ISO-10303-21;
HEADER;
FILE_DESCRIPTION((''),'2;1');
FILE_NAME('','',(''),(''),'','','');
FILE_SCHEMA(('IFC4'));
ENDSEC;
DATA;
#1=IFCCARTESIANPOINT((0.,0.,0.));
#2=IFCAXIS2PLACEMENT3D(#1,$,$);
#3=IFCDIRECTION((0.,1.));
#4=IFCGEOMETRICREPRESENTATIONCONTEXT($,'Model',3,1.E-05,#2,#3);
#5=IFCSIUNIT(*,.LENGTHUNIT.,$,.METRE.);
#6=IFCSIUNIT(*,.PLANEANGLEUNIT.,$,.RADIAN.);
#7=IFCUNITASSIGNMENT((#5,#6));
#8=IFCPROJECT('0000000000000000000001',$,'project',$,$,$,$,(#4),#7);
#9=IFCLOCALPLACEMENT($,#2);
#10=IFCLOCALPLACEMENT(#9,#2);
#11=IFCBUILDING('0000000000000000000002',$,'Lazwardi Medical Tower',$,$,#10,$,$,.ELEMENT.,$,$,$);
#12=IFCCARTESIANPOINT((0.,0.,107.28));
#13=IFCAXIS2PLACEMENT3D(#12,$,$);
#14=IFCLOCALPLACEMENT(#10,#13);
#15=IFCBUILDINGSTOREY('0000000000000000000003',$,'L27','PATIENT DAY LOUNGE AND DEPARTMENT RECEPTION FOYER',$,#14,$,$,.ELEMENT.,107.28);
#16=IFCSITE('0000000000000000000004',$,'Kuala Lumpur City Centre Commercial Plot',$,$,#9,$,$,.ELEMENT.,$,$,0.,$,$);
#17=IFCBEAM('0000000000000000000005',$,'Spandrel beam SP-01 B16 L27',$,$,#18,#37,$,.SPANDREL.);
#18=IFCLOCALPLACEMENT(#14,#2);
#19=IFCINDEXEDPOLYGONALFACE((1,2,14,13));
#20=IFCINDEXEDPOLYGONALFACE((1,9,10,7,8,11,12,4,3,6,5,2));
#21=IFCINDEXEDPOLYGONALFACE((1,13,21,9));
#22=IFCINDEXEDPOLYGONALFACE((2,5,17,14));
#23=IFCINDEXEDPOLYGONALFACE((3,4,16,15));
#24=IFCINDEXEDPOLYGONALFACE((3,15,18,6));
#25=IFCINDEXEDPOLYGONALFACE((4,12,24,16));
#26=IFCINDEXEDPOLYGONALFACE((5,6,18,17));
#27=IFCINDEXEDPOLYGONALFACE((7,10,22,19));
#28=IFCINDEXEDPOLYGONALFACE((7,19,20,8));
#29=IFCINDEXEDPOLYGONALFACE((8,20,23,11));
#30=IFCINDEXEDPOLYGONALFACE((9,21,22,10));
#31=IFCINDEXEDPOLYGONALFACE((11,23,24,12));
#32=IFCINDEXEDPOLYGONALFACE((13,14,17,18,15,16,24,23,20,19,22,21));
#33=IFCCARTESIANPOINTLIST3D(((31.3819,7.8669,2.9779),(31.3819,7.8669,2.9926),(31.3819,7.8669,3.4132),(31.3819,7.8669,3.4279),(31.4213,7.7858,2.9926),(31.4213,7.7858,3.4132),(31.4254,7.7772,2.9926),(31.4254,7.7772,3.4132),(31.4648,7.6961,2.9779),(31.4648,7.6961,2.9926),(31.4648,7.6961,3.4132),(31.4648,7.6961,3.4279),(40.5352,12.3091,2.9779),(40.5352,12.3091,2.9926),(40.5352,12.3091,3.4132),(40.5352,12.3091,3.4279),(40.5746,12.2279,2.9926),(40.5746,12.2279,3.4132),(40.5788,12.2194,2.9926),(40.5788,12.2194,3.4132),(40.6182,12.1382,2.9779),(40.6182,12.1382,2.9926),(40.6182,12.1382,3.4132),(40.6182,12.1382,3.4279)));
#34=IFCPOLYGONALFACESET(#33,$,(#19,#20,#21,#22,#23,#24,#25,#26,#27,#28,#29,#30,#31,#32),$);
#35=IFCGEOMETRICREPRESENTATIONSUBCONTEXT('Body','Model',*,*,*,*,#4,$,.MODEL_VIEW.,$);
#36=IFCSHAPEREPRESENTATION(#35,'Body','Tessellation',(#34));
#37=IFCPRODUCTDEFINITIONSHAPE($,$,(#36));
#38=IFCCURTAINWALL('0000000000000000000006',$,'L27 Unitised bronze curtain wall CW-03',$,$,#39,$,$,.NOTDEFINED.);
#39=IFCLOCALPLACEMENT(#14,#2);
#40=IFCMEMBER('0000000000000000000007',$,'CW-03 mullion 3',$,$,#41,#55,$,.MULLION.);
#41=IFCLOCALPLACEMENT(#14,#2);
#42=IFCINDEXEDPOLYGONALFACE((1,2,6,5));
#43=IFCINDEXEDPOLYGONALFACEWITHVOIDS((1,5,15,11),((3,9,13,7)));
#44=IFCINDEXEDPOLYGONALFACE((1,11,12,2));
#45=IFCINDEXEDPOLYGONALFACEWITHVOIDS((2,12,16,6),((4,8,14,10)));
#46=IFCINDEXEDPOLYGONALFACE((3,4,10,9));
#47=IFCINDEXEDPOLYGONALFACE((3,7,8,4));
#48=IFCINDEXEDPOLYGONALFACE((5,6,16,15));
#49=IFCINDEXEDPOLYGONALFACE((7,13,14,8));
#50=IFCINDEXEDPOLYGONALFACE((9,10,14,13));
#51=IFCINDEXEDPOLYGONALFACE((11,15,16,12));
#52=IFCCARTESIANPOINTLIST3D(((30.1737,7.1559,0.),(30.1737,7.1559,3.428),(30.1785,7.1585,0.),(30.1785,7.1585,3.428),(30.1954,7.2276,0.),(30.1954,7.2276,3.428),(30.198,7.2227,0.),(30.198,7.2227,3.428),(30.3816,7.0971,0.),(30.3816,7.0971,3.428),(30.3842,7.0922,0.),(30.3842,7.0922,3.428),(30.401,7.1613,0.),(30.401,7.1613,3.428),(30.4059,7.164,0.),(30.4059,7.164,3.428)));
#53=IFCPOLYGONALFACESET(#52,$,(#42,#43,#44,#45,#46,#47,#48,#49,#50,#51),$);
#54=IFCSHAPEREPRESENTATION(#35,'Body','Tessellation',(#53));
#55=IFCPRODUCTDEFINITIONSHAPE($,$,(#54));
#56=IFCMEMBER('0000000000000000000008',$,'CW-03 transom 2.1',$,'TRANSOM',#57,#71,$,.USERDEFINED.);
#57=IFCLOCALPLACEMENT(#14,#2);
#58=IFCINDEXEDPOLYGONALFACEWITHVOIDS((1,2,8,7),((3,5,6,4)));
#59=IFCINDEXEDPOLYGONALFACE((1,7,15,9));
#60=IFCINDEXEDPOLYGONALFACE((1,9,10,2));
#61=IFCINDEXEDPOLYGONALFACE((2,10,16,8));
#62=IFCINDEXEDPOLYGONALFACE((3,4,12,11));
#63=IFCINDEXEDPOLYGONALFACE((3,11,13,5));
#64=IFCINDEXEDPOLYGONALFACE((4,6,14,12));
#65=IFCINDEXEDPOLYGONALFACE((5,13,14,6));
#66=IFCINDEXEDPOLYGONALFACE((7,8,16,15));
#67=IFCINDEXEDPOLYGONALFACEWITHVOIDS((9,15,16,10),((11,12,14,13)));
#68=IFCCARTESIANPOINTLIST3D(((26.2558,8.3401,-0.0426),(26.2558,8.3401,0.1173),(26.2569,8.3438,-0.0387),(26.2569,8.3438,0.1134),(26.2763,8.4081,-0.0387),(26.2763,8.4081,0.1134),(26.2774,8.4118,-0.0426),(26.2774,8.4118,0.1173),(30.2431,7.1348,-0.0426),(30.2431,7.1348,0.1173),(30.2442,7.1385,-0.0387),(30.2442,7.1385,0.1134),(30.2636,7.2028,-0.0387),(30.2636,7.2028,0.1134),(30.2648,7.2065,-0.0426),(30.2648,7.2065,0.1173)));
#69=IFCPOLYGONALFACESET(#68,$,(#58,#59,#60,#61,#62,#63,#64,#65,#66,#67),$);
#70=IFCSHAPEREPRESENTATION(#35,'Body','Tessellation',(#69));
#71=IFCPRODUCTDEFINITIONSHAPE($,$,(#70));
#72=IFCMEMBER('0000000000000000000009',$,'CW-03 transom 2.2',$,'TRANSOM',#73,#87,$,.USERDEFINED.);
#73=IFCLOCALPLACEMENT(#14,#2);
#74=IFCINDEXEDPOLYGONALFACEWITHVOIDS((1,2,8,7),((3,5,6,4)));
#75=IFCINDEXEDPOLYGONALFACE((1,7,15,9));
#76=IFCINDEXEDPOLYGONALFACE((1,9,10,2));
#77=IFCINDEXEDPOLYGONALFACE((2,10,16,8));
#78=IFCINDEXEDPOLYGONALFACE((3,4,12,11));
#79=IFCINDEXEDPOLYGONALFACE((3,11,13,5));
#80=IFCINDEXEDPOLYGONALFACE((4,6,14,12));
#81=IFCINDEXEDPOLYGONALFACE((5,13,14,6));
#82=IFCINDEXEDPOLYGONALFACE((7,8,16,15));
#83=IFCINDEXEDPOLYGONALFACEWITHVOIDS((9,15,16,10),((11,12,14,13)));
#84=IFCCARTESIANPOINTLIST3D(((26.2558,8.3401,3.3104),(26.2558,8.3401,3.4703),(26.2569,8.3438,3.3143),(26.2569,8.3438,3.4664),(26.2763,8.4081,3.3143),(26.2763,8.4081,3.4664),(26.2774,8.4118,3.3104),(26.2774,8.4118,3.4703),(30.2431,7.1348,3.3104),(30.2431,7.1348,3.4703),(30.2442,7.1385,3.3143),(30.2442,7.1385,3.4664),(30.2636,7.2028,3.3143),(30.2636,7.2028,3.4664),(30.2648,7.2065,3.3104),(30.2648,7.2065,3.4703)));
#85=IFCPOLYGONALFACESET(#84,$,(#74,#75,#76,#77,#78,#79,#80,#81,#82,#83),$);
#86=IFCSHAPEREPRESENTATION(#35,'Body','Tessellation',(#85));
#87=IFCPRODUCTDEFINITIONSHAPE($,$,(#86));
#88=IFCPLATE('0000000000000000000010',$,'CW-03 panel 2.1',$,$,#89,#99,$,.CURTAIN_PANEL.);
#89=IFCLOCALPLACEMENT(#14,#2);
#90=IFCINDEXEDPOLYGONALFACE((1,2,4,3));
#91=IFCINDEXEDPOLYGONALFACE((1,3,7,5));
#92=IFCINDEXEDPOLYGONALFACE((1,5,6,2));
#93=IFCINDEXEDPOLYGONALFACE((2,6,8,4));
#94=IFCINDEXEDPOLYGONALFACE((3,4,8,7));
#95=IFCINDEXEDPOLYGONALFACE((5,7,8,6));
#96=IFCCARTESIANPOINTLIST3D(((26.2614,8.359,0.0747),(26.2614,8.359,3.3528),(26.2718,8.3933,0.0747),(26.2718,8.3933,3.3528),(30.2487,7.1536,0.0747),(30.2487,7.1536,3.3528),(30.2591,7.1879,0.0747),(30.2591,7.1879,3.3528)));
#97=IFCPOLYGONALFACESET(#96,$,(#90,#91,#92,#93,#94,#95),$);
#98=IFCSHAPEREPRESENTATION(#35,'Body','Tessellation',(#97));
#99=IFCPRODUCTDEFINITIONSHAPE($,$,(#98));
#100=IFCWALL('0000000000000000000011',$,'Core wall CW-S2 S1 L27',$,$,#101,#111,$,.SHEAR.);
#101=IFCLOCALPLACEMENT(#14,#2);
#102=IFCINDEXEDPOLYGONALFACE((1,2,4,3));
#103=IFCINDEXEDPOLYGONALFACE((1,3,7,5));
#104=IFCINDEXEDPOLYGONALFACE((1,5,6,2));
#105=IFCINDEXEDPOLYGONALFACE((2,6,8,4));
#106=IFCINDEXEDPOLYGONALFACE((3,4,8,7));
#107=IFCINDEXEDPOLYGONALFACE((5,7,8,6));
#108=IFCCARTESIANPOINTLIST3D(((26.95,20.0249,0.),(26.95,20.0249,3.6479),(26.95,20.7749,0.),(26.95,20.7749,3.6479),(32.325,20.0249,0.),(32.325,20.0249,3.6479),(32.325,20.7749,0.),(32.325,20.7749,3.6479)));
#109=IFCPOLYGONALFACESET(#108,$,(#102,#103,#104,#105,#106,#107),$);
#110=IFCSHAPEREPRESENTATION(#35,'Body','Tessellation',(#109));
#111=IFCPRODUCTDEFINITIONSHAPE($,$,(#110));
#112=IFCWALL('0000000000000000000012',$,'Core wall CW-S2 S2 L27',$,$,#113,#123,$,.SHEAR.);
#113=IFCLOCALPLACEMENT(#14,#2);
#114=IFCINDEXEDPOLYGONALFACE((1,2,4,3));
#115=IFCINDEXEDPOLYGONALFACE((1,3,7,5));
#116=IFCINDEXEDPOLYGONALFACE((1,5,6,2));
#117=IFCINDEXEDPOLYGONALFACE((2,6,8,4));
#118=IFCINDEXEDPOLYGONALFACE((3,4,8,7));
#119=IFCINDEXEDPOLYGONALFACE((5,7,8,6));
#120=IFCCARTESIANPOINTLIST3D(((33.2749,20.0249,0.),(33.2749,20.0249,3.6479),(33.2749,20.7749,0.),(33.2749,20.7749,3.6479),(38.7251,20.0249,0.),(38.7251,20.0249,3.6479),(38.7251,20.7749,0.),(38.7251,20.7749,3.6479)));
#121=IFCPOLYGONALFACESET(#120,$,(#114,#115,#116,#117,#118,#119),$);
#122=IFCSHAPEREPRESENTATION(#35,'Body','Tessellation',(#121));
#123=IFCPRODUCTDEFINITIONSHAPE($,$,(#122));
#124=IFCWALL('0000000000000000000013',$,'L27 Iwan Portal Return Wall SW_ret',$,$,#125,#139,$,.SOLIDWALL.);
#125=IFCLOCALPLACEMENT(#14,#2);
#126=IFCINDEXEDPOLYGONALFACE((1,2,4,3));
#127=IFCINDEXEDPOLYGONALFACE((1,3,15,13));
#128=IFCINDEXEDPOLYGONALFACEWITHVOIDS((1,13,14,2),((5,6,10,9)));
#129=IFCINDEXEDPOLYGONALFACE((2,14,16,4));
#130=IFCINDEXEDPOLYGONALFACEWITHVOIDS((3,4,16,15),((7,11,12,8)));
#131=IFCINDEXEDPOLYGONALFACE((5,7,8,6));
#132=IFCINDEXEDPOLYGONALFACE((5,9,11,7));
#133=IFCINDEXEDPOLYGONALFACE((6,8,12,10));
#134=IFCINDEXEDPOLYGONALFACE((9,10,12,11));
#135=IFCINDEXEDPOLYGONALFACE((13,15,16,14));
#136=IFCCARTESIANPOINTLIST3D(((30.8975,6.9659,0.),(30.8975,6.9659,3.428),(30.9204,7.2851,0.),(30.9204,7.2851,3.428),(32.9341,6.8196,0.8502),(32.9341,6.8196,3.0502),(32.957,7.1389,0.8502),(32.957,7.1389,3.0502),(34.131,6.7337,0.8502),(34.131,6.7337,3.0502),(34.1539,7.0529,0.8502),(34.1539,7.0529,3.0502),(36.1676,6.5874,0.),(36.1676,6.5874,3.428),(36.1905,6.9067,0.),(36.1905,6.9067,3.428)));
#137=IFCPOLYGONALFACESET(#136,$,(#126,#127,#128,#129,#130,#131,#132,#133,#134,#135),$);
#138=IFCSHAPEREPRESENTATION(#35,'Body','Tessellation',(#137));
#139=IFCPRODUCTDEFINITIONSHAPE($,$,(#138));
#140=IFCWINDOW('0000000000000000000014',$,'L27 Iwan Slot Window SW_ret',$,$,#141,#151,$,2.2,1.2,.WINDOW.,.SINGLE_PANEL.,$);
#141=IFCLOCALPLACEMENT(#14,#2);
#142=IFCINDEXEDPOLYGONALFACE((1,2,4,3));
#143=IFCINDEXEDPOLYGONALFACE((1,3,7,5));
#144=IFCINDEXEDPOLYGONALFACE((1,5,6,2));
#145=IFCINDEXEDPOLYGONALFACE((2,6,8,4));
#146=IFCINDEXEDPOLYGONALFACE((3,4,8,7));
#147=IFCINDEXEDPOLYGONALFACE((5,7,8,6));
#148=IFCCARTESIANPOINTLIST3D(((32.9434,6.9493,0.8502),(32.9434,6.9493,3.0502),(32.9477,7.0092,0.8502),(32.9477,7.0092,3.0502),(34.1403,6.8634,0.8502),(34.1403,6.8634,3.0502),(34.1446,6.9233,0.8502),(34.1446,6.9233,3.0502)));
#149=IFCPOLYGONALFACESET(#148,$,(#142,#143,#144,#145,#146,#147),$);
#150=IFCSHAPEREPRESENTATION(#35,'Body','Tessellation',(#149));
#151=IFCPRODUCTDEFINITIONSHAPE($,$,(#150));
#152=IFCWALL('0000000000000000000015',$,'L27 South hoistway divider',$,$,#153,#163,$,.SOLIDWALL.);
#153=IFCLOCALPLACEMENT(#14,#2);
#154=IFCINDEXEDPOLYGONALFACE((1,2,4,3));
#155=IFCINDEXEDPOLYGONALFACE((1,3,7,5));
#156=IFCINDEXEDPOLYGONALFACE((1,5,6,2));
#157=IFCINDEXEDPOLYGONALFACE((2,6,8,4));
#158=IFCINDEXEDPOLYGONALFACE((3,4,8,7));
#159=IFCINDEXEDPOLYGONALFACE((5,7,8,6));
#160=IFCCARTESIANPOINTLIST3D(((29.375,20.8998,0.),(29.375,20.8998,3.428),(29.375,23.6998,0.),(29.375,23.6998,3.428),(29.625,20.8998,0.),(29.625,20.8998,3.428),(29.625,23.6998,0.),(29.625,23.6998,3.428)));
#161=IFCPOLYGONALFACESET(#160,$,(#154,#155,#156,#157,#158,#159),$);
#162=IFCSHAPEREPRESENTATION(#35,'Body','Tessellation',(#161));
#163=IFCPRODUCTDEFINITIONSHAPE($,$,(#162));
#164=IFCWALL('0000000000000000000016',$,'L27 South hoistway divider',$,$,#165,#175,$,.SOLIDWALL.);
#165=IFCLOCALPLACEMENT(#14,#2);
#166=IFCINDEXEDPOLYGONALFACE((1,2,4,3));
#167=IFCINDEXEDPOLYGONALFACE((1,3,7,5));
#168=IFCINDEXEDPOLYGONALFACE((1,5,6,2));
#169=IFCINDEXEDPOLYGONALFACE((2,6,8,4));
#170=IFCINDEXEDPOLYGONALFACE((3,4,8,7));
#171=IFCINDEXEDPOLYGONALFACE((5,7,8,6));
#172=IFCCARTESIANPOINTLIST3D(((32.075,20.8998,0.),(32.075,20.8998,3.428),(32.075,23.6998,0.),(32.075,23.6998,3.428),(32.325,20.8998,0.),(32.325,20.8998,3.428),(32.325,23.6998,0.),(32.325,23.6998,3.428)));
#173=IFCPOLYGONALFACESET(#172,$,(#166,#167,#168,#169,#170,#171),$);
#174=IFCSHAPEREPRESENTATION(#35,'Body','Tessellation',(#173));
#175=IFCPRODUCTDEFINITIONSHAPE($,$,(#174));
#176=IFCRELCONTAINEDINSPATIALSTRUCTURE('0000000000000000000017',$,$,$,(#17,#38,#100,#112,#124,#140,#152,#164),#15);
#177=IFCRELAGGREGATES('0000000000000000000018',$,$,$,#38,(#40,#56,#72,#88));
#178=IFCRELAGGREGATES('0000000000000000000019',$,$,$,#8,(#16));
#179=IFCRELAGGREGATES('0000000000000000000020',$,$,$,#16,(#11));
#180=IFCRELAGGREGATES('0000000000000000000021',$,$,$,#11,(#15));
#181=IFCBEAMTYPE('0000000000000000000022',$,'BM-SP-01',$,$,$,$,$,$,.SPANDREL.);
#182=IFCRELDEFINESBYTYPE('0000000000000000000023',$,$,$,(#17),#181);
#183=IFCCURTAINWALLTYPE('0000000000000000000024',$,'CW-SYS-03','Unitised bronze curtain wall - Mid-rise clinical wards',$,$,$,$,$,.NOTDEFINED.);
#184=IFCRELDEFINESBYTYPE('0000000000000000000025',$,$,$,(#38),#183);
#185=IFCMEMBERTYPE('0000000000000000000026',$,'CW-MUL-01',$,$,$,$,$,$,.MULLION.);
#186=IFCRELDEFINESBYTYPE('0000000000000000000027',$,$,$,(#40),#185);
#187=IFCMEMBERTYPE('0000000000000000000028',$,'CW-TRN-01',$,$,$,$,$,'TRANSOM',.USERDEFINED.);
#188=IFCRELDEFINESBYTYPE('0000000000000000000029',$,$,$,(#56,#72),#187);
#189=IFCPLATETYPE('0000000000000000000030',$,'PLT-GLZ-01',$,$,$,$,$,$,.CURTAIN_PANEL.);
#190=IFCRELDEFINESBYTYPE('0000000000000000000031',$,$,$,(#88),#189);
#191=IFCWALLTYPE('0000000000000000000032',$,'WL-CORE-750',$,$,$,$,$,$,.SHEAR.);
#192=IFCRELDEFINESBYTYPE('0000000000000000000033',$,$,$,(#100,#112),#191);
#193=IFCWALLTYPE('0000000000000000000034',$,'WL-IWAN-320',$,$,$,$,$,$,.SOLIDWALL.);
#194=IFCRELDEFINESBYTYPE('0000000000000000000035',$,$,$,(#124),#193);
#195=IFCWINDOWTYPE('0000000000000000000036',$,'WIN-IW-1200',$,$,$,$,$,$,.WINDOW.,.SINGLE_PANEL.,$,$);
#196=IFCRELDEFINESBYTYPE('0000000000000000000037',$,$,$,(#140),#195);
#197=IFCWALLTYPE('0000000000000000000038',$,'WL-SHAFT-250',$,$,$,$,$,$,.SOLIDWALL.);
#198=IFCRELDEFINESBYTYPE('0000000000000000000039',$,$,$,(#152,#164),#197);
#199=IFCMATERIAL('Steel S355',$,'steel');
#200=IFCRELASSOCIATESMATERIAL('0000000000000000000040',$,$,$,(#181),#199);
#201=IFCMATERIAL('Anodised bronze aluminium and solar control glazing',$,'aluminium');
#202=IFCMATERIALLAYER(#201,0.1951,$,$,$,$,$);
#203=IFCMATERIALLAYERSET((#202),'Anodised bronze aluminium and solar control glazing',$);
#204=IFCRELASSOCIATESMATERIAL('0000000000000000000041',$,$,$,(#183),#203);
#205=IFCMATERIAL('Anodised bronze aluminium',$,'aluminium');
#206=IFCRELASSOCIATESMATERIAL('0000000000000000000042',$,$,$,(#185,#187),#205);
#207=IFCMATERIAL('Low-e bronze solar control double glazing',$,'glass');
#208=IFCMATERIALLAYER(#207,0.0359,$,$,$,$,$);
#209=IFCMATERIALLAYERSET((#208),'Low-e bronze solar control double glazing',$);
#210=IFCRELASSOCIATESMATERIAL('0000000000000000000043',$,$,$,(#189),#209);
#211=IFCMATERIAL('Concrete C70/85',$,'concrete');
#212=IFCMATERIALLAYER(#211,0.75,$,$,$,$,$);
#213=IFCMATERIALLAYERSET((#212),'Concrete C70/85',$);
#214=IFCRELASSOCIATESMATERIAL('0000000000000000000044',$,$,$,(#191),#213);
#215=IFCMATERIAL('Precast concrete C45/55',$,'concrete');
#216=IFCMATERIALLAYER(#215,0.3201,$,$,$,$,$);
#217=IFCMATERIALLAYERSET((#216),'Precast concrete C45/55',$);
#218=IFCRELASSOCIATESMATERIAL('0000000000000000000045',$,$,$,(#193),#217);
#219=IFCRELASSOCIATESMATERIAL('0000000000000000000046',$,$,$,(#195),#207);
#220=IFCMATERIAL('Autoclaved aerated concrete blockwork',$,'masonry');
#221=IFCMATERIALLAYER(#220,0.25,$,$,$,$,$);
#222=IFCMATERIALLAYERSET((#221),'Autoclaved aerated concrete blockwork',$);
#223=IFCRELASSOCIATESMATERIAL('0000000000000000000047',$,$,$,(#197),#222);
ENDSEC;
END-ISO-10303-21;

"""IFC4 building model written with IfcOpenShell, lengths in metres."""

from ifc_helpers import new_model, si_unit, direction, frame, frame_2d, origin, origin_2d, place, context, subcontext, project, spatial, rectangle, hollow_rectangle, i_section, extrude, material, layer, layer_set, material_profile, profile_set, type_object, element, fill, aggregate, save


model = new_model("IFC4")

# Units and contexts
model_context = context("Model", 3, precision=1e-05, world=origin(), true_north=direction((0.0, 1.0)))
body_context = subcontext(model_context, "Body", "Model", "MODEL_VIEW")
ifc_project = project(units=[si_unit("LENGTHUNIT", "METRE"), si_unit("PLANEANGLEUNIT", "RADIAN")], contexts=[model_context])

# Site, building, storey
site_placement = place(None, origin())
site = spatial("IfcSite", under=ifc_project, at=site_placement, Name="Kuala Lumpur City Centre Commercial Plot", CompositionType="ELEMENT", RefElevation=0.0)
building_placement = place(site_placement, origin())
building = spatial("IfcBuilding", under=site, at=building_placement, Name="Lazwardi Medical Tower", CompositionType="ELEMENT")
storey_placement = place(building_placement, frame((0.0, 0.0, 107.28)))
storey = spatial("IfcBuildingStorey", under=building, at=storey_placement, Name="L27", Description="PATIENT DAY LOUNGE AND DEPARTMENT RECEPTION FOYER", CompositionType="ELEMENT", Elevation=107.28)

# Shared definitions
ifc_material_1 = material(Name="Concrete C70/85", Category="concrete")

# Beam
ifc_material_2 = material(Name="Steel S355", Category="steel")
ifc_material_profile_1 = material_profile(ifc_material_2, i_section(OverallWidth=0.1899, OverallDepth=0.45, WebThickness=0.0095, FlangeThickness=0.0146, at=origin_2d()), Name="IPE 450")
ifc_profile_set_1 = profile_set([ifc_material_profile_1], Name="Steel S355")
beam_type_1 = type_object("IfcBeamType", Name="BM-SP-01", PredefinedType="SPANDREL", material=ifc_profile_set_1)
beam_1_placement = place(storey_placement, frame((31.4233, 7.7815, 3.2029), z_axis=(0.899653, 0.436605, 0.0), x_axis=(-0.436605, 0.899653, 0.0)))
element("IfcBeam", 1, at=beam_1_placement, inside=storey, type_object=beam_type_1, Name="Spandrel beam SP-01 B16 L27", PredefinedType="SPANDREL", context=body_context, shape_type="SweptSolid", body=[
    extrude(i_section(OverallWidth=0.1899, OverallDepth=0.45, WebThickness=0.0095, FlangeThickness=0.0146, at=origin_2d()), origin(), (0.0, 0.0, 1.0), 10.1743),
])

# Curtain wall, members, plate
ifc_material_3 = material(Name="Anodised bronze aluminium and solar control glazing", Category="aluminium")
ifc_layer_1 = layer(ifc_material_3, 0.1951)
ifc_layer_set_1 = layer_set([ifc_layer_1], Name="Anodised bronze aluminium and solar control glazing")
curtain_wall_type = type_object("IfcCurtainWallType", Name="CW-SYS-03", Description="Unitised bronze curtain wall - Mid-rise clinical wards", PredefinedType="NOTDEFINED", material=ifc_layer_set_1)
curtain_wall_placement = place(storey_placement, origin())
curtain_wall = element("IfcCurtainWall", 2, at=curtain_wall_placement, inside=storey, type_object=curtain_wall_type, Name="L27 Unitised bronze curtain wall CW-03", PredefinedType="NOTDEFINED")
ifc_material_4 = material(Name="Anodised bronze aluminium", Category="aluminium")
ifc_material_profile_2 = material_profile(ifc_material_4, hollow_rectangle(XDim=0.075, YDim=0.22, WallThickness=0.0039, at=origin_2d()), Name="ALU-MULLION 220x75x4")
ifc_profile_set_2 = profile_set([ifc_material_profile_2], Name="Anodised bronze aluminium")
member_type_1 = type_object("IfcMemberType", Name="CW-MUL-01", PredefinedType="MULLION", material=ifc_profile_set_2)
member_1_placement = place(storey_placement, frame((30.2898, 7.1599, 0.0), z_axis=(0.0, 0.0, 1.0), x_axis=(0.289374, 0.957216, 0.0)))
member_1 = element("IfcMember", 3, at=member_1_placement, type_object=member_type_1, Name="CW-03 mullion 3", PredefinedType="MULLION", context=body_context, shape_type="SweptSolid", body=[
    extrude(hollow_rectangle(XDim=0.075, YDim=0.22, WallThickness=0.0039, at=origin_2d()), origin(), (0.0, 0.0, 1.0), 3.428),
])
ifc_material_profile_3 = material_profile(ifc_material_4, hollow_rectangle(XDim=0.075, YDim=0.1599, WallThickness=0.0039, at=origin_2d()), Name="ALU-TRANSOM 160x75x4")
ifc_profile_set_3 = profile_set([ifc_material_profile_3], Name="Anodised bronze aluminium")
member_type_2 = type_object("IfcMemberType", Name="CW-TRN-01", ElementType="TRANSOM", PredefinedType="USERDEFINED", material=ifc_profile_set_3)
member_2_placement = place(storey_placement, frame((26.2666, 8.376, 0.0374), z_axis=(0.957221, -0.289358, 0.0), x_axis=(0.289358, 0.957221, 0.0)))
member_2 = element("IfcMember", 4, at=member_2_placement, type_object=member_type_2, Name="CW-03 transom 2.1", ObjectType="TRANSOM", PredefinedType="USERDEFINED", context=body_context, shape_type="SweptSolid", body=[
    extrude(hollow_rectangle(XDim=0.075, YDim=0.1599, WallThickness=0.0039, at=origin_2d()), origin(), (0.0, 0.0, 1.0), 4.1655),
])
member_3_placement = place(storey_placement, frame((26.2666, 8.376, 3.3904), z_axis=(0.957221, -0.289358, 0.0), x_axis=(0.289358, 0.957221, 0.0)))
member_3 = element("IfcMember", 5, at=member_3_placement, type_object=member_type_2, Name="CW-03 transom 2.2", ObjectType="TRANSOM", PredefinedType="USERDEFINED", context=body_context, shape_type="SweptSolid", body=[
    extrude(hollow_rectangle(XDim=0.075, YDim=0.1599, WallThickness=0.0039, at=origin_2d()), origin(), (0.0, 0.0, 1.0), 4.1655),
])
ifc_material_5 = material(Name="Low-e bronze solar control double glazing", Category="glass")
ifc_layer_2 = layer(ifc_material_5, 0.0359)
ifc_layer_set_2 = layer_set([ifc_layer_2], Name="Low-e bronze solar control double glazing")
plate_type = type_object("IfcPlateType", Name="PLT-GLZ-01", PredefinedType="CURTAIN_PANEL", material=ifc_layer_set_2)
plate_placement = place(storey_placement, frame((28.2603, 7.7734, 0.0747), z_axis=(0.0, 0.0, 1.0), x_axis=(0.957216, -0.289374, 0.0)))
plate = element("IfcPlate", 6, at=plate_placement, type_object=plate_type, Name="CW-03 panel 2.1", PredefinedType="CURTAIN_PANEL", context=body_context, shape_type="SweptSolid", body=[
    extrude(rectangle(XDim=4.1655, YDim=0.0359, at=origin_2d()), origin(), (0.0, 0.0, 1.0), 3.2781),
])
aggregate(curtain_wall, [member_1, member_2, member_3, plate])

# Shared definitions
ifc_layer_3 = layer(ifc_material_1, 0.75)
ifc_layer_set_3 = layer_set([ifc_layer_3], Name="Concrete C70/85")
wall_type_1 = type_object("IfcWallType", Name="WL-CORE-750", PredefinedType="SHEAR", material=ifc_layer_set_3)

# Walls
wall_1_placement = place(storey_placement, frame((26.95, 20.3999, 0.0), z_axis=(0.0, 0.0, 1.0), x_axis=(1.0, 0.0, 0.0)))
element("IfcWall", 7, at=wall_1_placement, inside=storey, type_object=wall_type_1, Name="Core wall CW-S2 S1 L27", PredefinedType="SHEAR", context=body_context, shape_type="SweptSolid", body=[
    extrude(rectangle(XDim=5.375, YDim=0.75, at=frame_2d((2.6875, 0.0))), origin(), (0.0, 0.0, 1.0), 3.6479),
])
wall_2_placement = place(storey_placement, frame((33.2749, 20.3999, 0.0), z_axis=(0.0, 0.0, 1.0), x_axis=(1.0, 0.0, 0.0)))
element("IfcWall", 8, at=wall_2_placement, inside=storey, type_object=wall_type_1, Name="Core wall CW-S2 S2 L27", PredefinedType="SHEAR", context=body_context, shape_type="SweptSolid", body=[
    extrude(rectangle(XDim=5.4502, YDim=0.75, at=frame_2d((2.7251, 0.0))), origin(), (0.0, 0.0, 1.0), 3.6479),
])

# Wall, opening, window
ifc_material_6 = material(Name="Precast concrete C45/55", Category="concrete")
ifc_layer_4 = layer(ifc_material_6, 0.3201)
ifc_layer_set_4 = layer_set([ifc_layer_4], Name="Precast concrete C45/55")
wall_type_2 = type_object("IfcWallType", Name="WL-IWAN-320", PredefinedType="SOLIDWALL", material=ifc_layer_set_4)
wall_3_placement = place(storey_placement, frame((30.9089, 7.1255, 0.0), z_axis=(0.0, 0.0, 1.0), x_axis=(0.997432, -0.071621, 0.0)))
wall_3 = element("IfcWall", 9, at=wall_3_placement, inside=storey, type_object=wall_type_2, Name="L27 Iwan Portal Return Wall SW_ret", PredefinedType="SOLIDWALL", context=body_context, shape_type="SweptSolid", body=[
    extrude(rectangle(XDim=5.2837, YDim=0.3201, at=frame_2d((2.6418, 0.0))), origin(), (0.0, 0.0, 1.0), 3.428),
])
opening_1_placement = place(wall_3_placement, frame((2.0417, 0.0, 0.8501)))
opening_1 = element("IfcOpeningElement", 10, at=opening_1_placement, cuts=wall_3, PredefinedType="OPENING", context=body_context, shape_type="SweptSolid", body=[
    extrude(rectangle(XDim=1.2, YDim=2.2, at=frame_2d((0.6001, 1.1001))), frame((0.0, 0.1699, 0.0), z_axis=(0.0, -1.0, 0.0), x_axis=(1.0, 0.0, 0.0)), (0.0, 0.0, 1.0), 0.3401),
])
window_type = type_object("IfcWindowType", Name="WIN-IW-1200", PartitioningType="SINGLE_PANEL", PredefinedType="WINDOW", material=ifc_material_5)
window_placement = place(opening_1_placement, origin())
window = element("IfcWindow", 11, at=window_placement, inside=storey, type_object=window_type, Name="L27 Iwan Slot Window SW_ret", OverallHeight=2.2, OverallWidth=1.2, PartitioningType="SINGLE_PANEL", PredefinedType="WINDOW", context=body_context, shape_type="SweptSolid", body=[
    extrude(rectangle(XDim=1.2, YDim=2.2, at=frame_2d((0.6001, 1.1001))), frame((0.0, 0.03, 0.0), z_axis=(0.0, -1.0, 0.0), x_axis=(1.0, 0.0, 0.0)), (0.0, 0.0, 1.0), 0.0601),
])
fill(opening_1, window)

# Walls
ifc_material_7 = material(Name="Autoclaved aerated concrete blockwork", Category="masonry")
ifc_layer_5 = layer(ifc_material_7, 0.25)
ifc_layer_set_5 = layer_set([ifc_layer_5], Name="Autoclaved aerated concrete blockwork")
wall_type_3 = type_object("IfcWallType", Name="WL-SHAFT-250", PredefinedType="SOLIDWALL", material=ifc_layer_set_5)
for number, where, z_axis, x_axis, name in (
    (12, (29.5, 20.8999, 0.0), (0.0, 0.0, 1.0), (0.0, 1.0, 0.0), "L27 South hoistway divider"),
    (13, (32.2, 20.8999, 0.0), (0.0, 0.0, 1.0), (0.0, 1.0, 0.0), "L27 South hoistway divider"),
):
    element("IfcWall", number, at=place(storey_placement, frame(where, z_axis=z_axis, x_axis=x_axis)), inside=storey, type_object=wall_type_3, Name=name, PredefinedType="SOLIDWALL", context=body_context, shape_type="SweptSolid", body=[
        extrude(rectangle(XDim=2.8, YDim=0.25, at=frame_2d((1.3999, 0.0))), origin(), (0.0, 0.0, 1.0), 3.428),
    ])

save(model, "model.ifc")
